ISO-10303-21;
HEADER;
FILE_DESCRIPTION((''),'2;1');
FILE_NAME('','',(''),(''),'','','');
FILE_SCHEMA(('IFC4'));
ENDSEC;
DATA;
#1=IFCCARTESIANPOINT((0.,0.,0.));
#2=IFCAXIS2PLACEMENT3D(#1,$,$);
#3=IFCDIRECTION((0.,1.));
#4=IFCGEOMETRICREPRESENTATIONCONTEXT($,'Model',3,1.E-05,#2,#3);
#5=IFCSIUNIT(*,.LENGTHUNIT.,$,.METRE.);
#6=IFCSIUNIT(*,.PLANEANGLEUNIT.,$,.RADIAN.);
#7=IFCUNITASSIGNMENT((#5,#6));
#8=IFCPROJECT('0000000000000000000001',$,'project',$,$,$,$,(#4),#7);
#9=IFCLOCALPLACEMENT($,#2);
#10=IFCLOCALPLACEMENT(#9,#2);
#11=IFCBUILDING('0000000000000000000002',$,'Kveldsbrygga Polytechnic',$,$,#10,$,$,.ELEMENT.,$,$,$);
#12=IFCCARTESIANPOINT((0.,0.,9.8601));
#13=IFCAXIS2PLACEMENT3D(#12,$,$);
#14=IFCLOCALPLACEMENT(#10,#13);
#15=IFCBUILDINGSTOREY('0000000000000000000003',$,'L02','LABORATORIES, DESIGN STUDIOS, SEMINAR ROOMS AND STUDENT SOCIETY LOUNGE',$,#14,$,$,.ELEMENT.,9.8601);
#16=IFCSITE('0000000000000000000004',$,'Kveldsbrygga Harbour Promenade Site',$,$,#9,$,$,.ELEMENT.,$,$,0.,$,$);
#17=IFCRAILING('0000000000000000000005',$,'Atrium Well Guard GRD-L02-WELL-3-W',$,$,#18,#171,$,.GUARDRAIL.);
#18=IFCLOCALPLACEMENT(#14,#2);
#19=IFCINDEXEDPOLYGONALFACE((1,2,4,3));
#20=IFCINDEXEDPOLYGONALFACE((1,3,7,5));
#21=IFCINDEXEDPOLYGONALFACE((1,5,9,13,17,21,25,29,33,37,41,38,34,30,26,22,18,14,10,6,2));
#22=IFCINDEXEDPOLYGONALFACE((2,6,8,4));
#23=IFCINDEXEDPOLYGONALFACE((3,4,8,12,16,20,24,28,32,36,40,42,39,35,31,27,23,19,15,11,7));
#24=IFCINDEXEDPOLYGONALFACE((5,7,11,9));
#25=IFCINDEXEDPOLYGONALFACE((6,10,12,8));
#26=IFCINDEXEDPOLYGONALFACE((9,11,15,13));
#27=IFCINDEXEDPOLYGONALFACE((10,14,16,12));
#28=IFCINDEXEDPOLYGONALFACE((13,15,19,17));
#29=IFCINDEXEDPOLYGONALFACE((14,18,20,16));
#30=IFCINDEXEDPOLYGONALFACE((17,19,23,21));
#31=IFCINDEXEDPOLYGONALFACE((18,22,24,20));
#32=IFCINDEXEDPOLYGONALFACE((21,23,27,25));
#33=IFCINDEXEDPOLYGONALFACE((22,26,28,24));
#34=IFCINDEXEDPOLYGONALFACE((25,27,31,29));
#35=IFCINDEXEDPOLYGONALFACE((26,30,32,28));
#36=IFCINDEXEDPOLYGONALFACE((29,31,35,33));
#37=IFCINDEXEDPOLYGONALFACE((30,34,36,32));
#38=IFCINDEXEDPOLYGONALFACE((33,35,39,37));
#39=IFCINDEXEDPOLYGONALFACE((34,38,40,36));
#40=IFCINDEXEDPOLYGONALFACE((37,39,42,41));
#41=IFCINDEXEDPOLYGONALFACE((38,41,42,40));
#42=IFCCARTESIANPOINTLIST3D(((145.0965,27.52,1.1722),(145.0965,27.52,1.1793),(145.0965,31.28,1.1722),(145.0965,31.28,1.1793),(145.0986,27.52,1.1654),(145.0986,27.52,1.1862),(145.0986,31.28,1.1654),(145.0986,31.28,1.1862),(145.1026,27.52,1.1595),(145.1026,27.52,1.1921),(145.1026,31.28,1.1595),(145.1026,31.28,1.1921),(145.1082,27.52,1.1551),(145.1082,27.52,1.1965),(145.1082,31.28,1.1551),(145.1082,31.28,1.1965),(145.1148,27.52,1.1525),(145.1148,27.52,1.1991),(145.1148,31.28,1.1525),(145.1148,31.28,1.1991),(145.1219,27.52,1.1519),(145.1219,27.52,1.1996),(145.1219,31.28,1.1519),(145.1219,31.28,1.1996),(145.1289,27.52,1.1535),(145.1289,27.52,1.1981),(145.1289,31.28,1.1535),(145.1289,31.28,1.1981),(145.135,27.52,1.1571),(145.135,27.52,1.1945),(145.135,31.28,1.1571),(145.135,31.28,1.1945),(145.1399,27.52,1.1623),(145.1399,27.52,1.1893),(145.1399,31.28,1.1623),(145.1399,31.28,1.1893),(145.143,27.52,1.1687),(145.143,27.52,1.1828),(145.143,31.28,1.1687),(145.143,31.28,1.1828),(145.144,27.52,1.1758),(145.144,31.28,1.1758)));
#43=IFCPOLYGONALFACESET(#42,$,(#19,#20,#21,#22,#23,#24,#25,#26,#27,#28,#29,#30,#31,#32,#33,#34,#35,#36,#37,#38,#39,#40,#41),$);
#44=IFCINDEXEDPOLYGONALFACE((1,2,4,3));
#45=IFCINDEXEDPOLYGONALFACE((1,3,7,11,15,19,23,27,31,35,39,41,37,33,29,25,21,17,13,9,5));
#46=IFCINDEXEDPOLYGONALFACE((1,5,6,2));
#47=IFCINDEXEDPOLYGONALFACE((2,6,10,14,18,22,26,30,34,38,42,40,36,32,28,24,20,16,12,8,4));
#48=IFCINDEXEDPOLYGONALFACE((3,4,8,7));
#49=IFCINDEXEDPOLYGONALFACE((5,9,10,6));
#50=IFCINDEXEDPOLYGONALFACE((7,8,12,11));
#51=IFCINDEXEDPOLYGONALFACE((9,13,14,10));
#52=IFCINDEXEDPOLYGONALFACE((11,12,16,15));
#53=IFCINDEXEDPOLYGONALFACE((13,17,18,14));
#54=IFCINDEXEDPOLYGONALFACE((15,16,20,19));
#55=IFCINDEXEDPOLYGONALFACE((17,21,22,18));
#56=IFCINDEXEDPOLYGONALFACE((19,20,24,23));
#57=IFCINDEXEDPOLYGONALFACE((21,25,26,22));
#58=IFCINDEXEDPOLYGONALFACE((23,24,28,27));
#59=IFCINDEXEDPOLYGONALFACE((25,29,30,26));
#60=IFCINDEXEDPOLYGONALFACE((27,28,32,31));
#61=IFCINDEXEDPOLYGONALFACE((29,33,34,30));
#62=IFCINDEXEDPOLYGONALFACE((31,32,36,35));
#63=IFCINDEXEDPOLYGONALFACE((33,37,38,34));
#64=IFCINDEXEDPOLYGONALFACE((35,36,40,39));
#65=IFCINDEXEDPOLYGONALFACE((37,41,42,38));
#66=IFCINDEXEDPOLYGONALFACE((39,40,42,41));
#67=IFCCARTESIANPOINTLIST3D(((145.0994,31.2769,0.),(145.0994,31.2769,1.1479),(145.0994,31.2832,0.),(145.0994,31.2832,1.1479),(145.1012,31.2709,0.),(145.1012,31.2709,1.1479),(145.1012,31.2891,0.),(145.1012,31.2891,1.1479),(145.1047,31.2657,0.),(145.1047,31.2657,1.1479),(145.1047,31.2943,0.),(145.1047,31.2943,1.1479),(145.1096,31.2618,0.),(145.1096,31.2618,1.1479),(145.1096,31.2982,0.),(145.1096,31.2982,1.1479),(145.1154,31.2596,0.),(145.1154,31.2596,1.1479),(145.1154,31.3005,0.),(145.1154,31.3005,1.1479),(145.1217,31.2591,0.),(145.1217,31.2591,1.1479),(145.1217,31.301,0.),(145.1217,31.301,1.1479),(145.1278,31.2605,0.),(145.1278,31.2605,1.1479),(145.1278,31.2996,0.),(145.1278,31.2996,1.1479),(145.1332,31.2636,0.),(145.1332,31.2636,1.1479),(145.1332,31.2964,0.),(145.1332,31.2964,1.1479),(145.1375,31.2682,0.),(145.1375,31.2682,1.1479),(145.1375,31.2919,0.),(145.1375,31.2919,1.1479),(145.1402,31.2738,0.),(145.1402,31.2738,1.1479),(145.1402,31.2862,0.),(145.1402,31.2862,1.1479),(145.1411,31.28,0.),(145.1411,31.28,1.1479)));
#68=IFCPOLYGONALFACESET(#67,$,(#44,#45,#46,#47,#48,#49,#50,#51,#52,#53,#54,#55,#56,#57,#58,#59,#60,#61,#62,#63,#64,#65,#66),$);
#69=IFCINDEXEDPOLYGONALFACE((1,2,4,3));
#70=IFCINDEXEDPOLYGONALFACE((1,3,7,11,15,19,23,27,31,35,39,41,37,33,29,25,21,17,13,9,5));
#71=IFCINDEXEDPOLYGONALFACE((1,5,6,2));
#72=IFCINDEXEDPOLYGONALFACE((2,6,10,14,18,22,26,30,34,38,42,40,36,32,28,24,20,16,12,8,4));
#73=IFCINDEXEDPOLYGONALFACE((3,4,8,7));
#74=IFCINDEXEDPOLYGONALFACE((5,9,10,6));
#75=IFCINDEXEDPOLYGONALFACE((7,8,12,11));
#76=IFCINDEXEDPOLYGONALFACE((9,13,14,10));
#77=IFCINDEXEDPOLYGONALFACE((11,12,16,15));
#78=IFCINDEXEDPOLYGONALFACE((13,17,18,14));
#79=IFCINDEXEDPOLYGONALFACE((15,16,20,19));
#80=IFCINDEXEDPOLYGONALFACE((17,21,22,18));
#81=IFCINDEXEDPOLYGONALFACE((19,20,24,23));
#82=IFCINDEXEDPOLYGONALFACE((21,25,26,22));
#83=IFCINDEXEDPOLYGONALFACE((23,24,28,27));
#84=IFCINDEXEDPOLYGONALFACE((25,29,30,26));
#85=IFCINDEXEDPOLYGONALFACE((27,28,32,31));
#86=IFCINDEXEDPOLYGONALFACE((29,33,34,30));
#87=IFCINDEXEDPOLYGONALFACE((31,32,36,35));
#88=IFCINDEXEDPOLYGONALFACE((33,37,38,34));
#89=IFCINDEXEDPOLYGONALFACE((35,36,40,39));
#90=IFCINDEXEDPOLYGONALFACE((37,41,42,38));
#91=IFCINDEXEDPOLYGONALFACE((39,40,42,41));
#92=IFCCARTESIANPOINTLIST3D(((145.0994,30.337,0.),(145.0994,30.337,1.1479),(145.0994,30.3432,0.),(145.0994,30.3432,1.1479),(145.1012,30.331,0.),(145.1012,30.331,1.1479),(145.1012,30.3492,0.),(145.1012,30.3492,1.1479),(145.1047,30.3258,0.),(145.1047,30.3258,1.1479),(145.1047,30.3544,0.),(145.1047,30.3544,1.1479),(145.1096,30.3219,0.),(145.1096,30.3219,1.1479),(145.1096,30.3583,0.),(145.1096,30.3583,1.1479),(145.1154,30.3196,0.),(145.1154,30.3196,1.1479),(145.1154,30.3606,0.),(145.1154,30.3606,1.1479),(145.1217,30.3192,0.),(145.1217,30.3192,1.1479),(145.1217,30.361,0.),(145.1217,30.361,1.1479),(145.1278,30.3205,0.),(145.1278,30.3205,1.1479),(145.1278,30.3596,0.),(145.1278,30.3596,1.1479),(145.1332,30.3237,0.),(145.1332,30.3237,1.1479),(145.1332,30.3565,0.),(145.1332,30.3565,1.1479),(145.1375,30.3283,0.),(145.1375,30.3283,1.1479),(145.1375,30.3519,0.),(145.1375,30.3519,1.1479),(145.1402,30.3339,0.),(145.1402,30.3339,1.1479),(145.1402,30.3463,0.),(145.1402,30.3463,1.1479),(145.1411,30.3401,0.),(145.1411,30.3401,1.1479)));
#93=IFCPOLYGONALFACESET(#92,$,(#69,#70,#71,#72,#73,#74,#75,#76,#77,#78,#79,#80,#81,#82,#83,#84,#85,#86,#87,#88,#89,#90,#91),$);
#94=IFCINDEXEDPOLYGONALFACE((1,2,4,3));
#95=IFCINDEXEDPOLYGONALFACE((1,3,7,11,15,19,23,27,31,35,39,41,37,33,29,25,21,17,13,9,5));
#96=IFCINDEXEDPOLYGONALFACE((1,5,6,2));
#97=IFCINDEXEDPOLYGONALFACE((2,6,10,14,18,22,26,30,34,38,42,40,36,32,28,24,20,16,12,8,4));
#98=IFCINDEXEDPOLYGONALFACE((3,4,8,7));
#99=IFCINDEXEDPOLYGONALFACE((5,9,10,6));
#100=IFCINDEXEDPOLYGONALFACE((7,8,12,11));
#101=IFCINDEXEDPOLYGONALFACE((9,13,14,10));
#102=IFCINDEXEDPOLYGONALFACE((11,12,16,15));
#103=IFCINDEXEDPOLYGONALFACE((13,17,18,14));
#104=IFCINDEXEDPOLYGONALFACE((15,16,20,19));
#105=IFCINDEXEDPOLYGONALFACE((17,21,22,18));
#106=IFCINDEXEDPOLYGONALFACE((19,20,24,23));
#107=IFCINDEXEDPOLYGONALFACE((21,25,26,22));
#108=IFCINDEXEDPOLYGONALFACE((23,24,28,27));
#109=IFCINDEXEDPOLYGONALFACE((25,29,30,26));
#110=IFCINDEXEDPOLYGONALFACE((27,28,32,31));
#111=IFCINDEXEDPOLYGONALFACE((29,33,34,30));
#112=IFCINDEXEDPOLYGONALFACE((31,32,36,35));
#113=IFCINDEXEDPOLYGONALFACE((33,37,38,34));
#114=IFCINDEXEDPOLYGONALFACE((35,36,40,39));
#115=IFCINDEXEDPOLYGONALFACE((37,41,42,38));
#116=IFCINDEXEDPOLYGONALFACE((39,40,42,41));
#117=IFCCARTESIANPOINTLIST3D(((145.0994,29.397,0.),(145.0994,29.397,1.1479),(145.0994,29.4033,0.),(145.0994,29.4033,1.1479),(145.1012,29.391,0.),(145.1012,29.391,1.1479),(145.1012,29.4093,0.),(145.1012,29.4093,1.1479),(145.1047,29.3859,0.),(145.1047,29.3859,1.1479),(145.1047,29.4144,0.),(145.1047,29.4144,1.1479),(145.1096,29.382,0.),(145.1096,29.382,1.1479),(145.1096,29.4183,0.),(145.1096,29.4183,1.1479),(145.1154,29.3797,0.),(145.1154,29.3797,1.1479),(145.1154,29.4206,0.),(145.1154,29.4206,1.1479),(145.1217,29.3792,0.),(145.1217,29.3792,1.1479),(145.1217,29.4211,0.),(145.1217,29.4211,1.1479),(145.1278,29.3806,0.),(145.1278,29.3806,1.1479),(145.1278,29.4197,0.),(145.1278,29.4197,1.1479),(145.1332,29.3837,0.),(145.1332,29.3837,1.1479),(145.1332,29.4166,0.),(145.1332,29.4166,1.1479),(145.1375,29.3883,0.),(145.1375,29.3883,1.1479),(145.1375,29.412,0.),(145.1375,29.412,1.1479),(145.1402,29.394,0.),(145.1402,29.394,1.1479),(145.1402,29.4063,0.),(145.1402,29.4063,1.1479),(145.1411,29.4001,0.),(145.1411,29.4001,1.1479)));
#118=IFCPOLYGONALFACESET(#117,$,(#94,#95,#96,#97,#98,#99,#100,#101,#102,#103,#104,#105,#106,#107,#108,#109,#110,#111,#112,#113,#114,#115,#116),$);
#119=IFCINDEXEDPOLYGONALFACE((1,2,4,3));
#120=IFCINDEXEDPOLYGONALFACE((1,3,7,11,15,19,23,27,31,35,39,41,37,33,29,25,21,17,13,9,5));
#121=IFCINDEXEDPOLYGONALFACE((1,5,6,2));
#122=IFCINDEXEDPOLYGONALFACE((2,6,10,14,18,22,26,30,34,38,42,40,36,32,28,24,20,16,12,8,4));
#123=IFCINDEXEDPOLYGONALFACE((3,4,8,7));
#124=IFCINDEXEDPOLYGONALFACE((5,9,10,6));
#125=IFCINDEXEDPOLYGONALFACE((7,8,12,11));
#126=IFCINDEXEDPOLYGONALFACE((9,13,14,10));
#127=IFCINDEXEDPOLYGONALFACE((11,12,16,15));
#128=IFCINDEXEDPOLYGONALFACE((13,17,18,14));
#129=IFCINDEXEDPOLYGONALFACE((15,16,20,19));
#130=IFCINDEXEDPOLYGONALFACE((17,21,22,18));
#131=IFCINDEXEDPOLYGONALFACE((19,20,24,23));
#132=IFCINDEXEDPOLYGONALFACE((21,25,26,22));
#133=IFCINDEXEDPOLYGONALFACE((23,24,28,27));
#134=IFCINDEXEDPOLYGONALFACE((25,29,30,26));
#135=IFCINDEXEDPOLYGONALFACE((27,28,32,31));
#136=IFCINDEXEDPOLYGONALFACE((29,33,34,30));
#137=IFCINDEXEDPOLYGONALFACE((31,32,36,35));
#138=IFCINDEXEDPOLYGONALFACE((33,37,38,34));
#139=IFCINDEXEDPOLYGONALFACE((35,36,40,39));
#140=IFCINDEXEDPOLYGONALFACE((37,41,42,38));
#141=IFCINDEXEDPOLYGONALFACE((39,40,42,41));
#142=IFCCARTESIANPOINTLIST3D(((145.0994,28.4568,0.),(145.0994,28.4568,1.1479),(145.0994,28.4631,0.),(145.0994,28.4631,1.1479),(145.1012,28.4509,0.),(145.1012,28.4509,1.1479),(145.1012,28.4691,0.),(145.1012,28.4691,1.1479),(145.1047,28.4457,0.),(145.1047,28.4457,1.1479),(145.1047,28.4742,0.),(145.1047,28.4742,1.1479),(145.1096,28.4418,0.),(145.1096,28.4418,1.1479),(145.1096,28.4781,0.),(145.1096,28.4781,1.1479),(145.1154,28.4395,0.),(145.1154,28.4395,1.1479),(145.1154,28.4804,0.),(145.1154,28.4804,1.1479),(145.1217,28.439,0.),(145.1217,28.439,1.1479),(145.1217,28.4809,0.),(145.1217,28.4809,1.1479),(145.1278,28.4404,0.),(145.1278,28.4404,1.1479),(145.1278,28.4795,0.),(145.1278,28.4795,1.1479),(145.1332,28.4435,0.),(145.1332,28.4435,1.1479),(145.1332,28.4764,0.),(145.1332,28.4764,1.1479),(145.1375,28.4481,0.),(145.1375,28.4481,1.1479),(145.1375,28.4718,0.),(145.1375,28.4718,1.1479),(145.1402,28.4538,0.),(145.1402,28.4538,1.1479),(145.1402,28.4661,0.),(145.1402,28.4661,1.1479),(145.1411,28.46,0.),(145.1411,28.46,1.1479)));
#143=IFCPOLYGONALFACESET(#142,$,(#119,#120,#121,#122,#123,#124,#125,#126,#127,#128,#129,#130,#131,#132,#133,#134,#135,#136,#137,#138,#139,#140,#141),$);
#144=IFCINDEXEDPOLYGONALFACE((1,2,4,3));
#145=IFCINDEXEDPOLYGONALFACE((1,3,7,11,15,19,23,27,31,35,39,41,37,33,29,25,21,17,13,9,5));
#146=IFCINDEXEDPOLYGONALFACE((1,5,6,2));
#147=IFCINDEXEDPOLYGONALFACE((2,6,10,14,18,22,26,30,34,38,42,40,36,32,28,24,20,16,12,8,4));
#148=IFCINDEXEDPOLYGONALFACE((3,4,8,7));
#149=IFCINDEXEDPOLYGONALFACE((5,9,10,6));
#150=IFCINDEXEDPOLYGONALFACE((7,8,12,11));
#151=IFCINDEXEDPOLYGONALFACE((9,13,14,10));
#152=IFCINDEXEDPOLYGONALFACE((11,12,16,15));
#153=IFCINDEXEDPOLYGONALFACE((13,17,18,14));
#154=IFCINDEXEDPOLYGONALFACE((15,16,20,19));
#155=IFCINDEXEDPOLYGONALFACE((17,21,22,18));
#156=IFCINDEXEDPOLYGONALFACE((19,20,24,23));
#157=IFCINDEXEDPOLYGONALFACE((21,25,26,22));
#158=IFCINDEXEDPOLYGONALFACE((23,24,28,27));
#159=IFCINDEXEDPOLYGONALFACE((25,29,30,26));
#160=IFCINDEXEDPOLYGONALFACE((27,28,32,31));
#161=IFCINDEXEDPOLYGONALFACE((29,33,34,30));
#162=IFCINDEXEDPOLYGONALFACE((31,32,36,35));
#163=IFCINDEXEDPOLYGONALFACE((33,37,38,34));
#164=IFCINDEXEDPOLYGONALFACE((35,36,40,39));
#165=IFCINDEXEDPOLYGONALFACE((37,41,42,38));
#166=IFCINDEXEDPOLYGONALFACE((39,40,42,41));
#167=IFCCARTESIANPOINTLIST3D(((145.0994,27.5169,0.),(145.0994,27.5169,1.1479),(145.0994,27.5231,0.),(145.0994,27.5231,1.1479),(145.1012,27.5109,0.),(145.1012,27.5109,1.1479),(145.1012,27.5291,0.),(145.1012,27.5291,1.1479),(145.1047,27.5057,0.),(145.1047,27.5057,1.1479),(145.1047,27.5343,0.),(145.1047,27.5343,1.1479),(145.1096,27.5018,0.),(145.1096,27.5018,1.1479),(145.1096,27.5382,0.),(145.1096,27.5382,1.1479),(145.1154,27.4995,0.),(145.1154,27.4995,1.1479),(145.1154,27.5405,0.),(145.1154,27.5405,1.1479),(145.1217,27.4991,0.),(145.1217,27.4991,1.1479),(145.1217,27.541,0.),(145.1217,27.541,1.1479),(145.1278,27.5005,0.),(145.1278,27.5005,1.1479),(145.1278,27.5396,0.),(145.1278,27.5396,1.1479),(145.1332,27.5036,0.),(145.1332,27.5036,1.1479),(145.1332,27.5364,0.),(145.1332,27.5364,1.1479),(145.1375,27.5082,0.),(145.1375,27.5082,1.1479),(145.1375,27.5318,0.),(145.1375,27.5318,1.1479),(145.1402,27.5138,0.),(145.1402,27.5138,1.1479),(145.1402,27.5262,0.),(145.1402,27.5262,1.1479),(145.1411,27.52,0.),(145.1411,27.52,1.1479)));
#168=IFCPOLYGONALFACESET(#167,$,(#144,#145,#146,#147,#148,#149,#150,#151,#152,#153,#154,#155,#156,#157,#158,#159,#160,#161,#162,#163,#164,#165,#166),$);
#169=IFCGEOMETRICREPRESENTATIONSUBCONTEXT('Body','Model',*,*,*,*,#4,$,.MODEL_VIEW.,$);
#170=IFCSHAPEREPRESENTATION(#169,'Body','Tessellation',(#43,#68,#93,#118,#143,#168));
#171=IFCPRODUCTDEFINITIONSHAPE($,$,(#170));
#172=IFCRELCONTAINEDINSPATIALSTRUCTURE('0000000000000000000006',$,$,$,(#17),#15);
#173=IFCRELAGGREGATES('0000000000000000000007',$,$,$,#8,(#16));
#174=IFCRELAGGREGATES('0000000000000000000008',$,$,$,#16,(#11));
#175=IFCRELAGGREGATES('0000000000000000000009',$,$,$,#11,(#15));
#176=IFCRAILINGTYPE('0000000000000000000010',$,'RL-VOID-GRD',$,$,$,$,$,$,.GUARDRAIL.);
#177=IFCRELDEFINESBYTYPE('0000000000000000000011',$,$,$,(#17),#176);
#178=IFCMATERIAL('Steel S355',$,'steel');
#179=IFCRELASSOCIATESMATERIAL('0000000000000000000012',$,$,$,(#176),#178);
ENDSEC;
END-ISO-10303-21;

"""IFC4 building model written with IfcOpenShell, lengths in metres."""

from ifc_helpers import new_model, si_unit, direction, frame, origin, origin_2d, place, context, subcontext, project, spatial, circle, extrude, material, type_object, element, save


model = new_model("IFC4")

# Units and contexts
model_context = context("Model", 3, precision=1e-05, world=origin(), true_north=direction((0.0, 1.0)))
body_context = subcontext(model_context, "Body", "Model", "MODEL_VIEW")
ifc_project = project(units=[si_unit("LENGTHUNIT", "METRE"), si_unit("PLANEANGLEUNIT", "RADIAN")], contexts=[model_context])

# Site, building, storey
site_placement = place(None, origin())
site = spatial("IfcSite", under=ifc_project, at=site_placement, Name="Kveldsbrygga Harbour Promenade Site", CompositionType="ELEMENT", RefElevation=0.0)
building_placement = place(site_placement, origin())
building = spatial("IfcBuilding", under=site, at=building_placement, Name="Kveldsbrygga Polytechnic", CompositionType="ELEMENT")
storey_placement = place(building_placement, frame((0.0, 0.0, 9.8601)))
storey = spatial("IfcBuildingStorey", under=building, at=storey_placement, Name="L02", Description="LABORATORIES, DESIGN STUDIOS, SEMINAR ROOMS AND STUDENT SOCIETY LOUNGE", CompositionType="ELEMENT", Elevation=9.8601)

# Shared definitions
ifc_material_1 = material(Name="Steel S355", Category="steel")

# Railing
railing_type = type_object("IfcRailingType", Name="RL-VOID-GRD", PredefinedType="GUARDRAIL", material=ifc_material_1)
railing_1_placement = place(storey_placement, frame((145.1201, 31.28, 0.0)))
element("IfcRailing", 1, at=railing_1_placement, inside=storey, type_object=railing_type, Name="Atrium Well Guard GRD-L02-WELL-3-W", PredefinedType="GUARDRAIL", context=body_context, shape_type="SweptSolid", body=[
    extrude(circle(Radius=0.0239, at=origin_2d()), frame((0.0, 0.0, 1.1758), z_axis=(0.0, -1.0, 0.0), x_axis=(1.0, 0.0, 0.0)), (0.0, 0.0, 1.0), 3.76),
    extrude(circle(Radius=0.021, at=origin_2d()), origin(), (0.0, 0.0, 1.0), 1.1479),
    extrude(circle(Radius=0.021, at=origin_2d()), frame((0.0, -0.9399, 0.0)), (0.0, 0.0, 1.0), 1.1479),
    extrude(circle(Radius=0.021, at=origin_2d()), frame((0.0, -1.8799, 0.0)), (0.0, 0.0, 1.0), 1.1479),
    extrude(circle(Radius=0.021, at=origin_2d()), frame((0.0, -2.8201, 0.0)), (0.0, 0.0, 1.0), 1.1479),
    extrude(circle(Radius=0.021, at=origin_2d()), frame((0.0, -3.76, 0.0)), (0.0, 0.0, 1.0), 1.1479),
])

save(model, "model.ifc")
